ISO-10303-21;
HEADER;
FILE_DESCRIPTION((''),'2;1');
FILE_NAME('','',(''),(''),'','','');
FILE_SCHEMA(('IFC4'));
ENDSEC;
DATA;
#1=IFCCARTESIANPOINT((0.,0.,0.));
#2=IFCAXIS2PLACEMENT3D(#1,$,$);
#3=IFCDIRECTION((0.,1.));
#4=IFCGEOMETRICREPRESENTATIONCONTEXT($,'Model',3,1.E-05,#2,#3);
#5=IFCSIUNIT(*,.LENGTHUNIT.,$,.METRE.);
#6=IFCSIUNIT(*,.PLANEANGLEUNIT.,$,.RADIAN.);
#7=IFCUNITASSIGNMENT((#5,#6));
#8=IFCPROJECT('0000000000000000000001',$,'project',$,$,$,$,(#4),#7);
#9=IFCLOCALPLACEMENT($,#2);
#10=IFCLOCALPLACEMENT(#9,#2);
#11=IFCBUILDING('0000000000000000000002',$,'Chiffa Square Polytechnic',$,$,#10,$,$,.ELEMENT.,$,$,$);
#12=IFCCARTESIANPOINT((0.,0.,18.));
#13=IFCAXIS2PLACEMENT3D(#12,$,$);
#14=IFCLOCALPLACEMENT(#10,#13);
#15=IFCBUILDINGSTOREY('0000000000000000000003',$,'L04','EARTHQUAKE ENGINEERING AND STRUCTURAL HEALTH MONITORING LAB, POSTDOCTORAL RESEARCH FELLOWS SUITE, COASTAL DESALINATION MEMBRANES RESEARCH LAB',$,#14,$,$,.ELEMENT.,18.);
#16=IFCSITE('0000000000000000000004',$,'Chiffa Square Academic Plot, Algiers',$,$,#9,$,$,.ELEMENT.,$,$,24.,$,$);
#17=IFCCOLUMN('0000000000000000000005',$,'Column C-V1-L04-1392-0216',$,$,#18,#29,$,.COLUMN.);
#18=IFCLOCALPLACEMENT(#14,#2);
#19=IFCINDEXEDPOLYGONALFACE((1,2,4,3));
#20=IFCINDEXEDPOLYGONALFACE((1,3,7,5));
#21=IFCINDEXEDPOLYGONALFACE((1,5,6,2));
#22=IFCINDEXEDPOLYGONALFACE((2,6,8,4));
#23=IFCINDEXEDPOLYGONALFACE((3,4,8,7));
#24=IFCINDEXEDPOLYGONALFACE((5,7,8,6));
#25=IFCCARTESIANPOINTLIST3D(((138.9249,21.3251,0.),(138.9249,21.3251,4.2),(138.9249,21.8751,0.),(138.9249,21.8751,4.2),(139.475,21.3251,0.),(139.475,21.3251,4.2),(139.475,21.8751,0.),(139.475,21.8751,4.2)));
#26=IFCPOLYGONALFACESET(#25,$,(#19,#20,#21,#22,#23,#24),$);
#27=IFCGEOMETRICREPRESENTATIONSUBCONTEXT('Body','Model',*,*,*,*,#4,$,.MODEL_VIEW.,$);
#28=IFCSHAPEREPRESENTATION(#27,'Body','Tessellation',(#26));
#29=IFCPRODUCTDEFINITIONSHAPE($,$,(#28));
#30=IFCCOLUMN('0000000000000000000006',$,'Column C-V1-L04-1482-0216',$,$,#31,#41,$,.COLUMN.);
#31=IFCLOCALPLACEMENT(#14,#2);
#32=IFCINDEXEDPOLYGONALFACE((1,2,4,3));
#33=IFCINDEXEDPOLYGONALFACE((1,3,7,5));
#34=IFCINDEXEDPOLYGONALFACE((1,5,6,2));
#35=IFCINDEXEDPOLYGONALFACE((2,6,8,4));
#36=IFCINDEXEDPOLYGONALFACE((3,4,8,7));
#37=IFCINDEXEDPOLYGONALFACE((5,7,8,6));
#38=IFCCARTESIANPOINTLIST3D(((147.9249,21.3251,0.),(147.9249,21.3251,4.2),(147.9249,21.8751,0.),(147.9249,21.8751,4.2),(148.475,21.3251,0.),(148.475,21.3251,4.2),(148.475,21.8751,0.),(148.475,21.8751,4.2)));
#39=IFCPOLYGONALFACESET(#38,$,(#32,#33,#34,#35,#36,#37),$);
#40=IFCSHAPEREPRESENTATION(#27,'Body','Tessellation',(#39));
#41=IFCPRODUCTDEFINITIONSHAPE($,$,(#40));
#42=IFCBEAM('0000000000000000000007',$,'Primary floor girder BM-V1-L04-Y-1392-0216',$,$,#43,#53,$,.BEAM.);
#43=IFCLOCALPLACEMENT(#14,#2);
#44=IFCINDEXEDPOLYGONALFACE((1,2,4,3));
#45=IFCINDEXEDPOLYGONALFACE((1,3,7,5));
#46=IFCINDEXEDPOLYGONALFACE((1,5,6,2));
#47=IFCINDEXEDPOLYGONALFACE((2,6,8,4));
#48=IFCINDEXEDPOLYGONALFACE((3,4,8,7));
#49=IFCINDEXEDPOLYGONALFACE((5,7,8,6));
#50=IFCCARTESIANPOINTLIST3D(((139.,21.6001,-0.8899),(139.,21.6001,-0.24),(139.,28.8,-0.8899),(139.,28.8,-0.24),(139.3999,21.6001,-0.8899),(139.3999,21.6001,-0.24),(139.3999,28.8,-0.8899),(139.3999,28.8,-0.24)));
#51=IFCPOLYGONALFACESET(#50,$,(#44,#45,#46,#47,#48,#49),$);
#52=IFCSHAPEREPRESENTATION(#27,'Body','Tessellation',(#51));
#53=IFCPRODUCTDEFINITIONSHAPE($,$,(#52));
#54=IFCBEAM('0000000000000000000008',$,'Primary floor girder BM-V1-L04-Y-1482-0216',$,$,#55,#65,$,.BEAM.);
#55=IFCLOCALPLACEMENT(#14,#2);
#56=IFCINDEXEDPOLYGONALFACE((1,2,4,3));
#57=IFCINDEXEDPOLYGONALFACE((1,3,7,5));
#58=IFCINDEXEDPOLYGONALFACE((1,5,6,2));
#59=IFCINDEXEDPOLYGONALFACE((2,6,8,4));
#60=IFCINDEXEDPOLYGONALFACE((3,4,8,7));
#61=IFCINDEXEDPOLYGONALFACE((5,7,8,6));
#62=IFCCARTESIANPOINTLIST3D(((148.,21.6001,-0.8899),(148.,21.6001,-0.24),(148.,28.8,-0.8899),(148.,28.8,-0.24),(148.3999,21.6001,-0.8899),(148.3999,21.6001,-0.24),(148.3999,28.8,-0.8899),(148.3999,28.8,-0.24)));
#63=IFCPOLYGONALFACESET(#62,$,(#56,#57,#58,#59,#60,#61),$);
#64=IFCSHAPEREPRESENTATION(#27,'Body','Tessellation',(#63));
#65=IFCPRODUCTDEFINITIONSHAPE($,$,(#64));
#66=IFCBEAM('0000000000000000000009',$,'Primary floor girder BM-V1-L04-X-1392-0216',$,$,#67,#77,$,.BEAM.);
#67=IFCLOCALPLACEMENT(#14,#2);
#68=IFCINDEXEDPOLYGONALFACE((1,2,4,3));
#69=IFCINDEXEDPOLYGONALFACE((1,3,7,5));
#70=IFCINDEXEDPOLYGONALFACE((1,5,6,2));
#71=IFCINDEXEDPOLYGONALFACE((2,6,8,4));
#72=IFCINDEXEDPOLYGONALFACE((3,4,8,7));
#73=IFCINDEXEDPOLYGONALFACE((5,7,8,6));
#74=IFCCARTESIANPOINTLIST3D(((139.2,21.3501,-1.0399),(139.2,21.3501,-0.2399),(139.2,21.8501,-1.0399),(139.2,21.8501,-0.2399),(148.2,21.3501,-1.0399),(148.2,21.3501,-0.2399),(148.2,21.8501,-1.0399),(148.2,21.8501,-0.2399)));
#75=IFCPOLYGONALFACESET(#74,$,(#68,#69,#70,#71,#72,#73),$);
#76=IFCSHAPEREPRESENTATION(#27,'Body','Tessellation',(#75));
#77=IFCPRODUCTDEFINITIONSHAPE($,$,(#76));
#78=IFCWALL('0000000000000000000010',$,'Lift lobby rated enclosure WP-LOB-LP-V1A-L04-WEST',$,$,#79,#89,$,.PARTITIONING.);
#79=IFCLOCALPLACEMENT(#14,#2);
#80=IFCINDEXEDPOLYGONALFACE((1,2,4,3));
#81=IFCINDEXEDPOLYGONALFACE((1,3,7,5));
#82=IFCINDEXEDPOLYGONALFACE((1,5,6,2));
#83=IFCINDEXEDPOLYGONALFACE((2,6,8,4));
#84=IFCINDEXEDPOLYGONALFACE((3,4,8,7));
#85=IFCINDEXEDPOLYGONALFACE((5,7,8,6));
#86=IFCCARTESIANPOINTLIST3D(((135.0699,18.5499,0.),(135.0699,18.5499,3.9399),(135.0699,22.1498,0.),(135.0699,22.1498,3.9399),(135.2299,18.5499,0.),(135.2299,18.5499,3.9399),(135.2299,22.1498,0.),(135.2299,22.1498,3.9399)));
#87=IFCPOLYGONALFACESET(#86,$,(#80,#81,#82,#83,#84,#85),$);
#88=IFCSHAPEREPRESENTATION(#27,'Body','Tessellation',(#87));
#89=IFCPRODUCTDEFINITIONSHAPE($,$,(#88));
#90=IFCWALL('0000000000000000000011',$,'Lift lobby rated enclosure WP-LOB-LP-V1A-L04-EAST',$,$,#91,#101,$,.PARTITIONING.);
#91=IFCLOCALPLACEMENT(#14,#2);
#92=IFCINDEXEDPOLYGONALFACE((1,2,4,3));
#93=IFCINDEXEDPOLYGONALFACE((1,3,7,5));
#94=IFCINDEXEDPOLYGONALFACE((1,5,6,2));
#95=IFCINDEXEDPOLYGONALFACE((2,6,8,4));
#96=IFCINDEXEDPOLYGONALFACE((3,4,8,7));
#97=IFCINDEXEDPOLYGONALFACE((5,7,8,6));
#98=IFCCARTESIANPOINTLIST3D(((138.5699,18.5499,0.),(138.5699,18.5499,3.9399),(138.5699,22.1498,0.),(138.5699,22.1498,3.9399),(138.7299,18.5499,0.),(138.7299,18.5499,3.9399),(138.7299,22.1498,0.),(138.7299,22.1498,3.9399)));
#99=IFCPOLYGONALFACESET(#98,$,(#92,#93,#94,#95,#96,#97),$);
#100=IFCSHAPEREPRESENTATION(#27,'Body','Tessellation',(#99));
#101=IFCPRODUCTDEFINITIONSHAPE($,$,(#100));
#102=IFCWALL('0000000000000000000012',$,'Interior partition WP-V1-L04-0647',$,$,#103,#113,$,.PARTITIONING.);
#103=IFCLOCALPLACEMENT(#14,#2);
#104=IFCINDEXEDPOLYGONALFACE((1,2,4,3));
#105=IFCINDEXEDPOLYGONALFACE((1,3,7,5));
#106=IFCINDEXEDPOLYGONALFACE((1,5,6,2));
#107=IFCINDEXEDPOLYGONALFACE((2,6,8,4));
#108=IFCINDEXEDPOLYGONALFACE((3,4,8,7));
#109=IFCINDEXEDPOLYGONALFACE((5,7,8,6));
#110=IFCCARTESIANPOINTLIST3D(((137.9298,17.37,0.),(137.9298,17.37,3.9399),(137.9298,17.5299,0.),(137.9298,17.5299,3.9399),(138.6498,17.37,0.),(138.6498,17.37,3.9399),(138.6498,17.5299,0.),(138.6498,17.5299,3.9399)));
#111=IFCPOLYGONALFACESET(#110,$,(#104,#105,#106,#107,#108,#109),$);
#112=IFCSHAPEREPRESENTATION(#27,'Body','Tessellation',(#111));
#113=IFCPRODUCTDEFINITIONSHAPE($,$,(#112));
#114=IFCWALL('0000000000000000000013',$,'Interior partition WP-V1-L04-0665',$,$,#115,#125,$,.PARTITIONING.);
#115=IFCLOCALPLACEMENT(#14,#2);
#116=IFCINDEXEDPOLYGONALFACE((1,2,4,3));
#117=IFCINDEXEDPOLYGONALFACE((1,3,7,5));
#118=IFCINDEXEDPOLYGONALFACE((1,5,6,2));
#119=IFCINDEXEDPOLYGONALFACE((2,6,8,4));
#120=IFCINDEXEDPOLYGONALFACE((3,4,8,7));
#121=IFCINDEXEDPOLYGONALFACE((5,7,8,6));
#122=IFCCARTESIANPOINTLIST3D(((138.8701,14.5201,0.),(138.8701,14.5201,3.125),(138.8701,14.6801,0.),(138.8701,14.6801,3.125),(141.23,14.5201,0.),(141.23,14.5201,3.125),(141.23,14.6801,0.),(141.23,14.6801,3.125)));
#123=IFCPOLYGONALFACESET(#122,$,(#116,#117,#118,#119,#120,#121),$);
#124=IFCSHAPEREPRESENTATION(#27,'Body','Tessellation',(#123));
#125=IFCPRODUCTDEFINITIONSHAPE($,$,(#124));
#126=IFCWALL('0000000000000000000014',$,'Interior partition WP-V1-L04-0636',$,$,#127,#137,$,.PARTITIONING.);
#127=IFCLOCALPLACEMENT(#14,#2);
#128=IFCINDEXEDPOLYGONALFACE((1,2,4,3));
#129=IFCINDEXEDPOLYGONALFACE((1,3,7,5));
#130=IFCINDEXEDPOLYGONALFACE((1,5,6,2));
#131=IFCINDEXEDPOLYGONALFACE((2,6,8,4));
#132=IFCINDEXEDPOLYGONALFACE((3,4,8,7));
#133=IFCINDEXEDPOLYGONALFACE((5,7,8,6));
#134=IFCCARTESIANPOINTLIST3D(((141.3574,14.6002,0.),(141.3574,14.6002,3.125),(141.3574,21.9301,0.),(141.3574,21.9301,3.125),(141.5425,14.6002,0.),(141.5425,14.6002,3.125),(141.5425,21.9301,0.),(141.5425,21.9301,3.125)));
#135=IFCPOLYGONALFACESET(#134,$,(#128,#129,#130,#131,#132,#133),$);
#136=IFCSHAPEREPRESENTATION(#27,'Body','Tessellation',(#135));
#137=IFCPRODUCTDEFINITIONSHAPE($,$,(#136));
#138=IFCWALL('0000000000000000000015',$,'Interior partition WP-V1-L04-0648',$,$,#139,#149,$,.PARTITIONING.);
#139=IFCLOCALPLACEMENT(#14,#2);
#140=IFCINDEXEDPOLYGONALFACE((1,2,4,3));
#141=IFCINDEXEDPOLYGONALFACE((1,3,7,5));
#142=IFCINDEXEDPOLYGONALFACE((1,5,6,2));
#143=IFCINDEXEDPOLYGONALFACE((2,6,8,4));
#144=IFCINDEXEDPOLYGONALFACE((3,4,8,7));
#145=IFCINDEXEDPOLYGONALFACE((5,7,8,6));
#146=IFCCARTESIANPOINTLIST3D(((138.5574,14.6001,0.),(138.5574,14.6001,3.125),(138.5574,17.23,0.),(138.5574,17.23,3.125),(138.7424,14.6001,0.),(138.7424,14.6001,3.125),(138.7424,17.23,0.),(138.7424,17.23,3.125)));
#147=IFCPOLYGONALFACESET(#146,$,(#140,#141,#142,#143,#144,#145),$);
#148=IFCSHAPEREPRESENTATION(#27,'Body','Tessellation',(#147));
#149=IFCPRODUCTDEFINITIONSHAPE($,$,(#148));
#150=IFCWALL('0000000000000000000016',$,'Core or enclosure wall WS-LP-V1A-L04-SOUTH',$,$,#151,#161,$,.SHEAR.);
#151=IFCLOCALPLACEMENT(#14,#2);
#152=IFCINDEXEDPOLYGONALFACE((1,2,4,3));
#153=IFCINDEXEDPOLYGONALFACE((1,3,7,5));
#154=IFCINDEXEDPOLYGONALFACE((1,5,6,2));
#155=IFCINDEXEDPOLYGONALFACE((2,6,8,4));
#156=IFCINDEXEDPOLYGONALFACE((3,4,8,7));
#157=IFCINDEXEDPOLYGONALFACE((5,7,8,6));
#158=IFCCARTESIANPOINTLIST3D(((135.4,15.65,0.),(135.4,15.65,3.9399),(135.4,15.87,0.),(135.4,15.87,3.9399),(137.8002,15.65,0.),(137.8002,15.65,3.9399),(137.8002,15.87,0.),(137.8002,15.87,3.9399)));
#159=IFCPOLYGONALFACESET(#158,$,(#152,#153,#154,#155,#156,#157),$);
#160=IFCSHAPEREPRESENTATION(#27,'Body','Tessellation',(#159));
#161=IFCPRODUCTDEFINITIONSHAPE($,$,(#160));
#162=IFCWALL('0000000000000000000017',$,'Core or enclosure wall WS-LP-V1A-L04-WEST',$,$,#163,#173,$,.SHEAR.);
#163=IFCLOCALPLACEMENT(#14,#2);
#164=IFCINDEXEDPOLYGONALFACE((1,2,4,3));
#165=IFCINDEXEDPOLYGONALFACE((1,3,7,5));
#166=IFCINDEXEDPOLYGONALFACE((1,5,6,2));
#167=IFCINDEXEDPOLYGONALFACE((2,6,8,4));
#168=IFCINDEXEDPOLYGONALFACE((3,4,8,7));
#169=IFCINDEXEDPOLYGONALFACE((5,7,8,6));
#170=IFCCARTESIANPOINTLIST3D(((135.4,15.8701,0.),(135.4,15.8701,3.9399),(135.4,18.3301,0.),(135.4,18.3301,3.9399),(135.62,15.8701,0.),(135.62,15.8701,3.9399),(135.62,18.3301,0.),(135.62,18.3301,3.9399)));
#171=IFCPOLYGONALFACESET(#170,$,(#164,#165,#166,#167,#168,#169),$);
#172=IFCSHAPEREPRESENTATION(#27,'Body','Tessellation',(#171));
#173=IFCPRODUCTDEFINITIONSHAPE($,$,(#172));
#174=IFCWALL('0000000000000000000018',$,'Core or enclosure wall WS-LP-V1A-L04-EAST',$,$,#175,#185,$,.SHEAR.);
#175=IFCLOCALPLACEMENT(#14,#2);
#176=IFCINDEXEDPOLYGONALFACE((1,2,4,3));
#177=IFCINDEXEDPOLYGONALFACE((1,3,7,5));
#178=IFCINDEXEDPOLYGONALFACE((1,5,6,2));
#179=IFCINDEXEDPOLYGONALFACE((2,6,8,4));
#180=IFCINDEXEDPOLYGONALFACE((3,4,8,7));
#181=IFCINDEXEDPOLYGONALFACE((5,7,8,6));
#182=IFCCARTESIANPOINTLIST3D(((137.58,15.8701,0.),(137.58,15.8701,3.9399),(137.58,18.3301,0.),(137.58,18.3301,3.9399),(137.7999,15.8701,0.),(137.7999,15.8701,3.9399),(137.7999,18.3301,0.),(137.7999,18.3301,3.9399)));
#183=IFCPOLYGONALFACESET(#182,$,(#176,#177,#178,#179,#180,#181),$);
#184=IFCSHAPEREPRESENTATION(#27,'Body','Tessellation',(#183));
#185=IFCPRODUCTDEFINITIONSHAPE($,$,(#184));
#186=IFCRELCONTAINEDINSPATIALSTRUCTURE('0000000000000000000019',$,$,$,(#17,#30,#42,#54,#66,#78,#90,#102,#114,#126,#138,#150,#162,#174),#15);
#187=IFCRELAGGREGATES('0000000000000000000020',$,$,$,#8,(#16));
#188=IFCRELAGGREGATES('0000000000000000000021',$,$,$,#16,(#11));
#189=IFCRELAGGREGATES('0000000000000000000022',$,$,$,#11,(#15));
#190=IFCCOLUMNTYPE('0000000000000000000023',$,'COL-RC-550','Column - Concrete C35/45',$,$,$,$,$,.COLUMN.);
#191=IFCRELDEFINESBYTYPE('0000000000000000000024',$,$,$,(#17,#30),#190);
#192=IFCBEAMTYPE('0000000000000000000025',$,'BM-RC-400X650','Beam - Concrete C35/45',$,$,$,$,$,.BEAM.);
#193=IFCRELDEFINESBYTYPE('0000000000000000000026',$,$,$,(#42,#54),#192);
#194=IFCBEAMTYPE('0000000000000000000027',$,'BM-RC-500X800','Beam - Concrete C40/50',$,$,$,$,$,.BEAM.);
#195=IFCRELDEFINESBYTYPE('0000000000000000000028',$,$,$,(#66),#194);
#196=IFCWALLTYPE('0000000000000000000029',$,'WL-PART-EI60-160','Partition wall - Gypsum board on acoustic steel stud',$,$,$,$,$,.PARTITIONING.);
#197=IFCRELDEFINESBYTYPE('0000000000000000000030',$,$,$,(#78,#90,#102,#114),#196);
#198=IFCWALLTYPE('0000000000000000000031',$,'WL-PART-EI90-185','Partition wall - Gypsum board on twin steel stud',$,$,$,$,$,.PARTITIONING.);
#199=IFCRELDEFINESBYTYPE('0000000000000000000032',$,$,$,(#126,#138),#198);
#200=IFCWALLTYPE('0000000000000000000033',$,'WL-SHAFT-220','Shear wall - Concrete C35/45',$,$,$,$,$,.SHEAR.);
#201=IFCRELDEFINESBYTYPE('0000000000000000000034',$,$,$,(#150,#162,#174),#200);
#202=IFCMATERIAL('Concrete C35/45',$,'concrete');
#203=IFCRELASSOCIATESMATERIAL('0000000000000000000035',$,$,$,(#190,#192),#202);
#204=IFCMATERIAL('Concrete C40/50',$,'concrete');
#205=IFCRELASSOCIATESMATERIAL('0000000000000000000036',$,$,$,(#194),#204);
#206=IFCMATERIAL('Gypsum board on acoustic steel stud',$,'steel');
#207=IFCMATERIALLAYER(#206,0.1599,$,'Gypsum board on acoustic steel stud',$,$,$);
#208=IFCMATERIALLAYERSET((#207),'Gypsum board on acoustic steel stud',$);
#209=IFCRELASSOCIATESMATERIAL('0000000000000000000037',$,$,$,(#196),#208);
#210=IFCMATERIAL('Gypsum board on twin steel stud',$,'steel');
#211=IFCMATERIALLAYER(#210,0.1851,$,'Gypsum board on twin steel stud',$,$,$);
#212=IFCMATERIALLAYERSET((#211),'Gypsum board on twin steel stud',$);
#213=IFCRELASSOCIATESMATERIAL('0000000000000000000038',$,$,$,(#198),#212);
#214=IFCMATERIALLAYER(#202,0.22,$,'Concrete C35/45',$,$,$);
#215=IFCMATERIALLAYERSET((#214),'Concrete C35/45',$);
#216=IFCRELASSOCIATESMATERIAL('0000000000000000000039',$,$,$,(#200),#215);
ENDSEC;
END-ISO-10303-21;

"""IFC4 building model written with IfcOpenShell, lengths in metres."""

from ifc_helpers import new_model, si_unit, direction, frame, frame_2d, origin, origin_2d, place, context, subcontext, project, spatial, rectangle, extrude, material, layer, layer_set, material_profile, profile_set, type_object, element, save


model = new_model("IFC4")

# Units and contexts
model_context = context("Model", 3, precision=1e-05, world=origin(), true_north=direction((0.0, 1.0)))
body_context = subcontext(model_context, "Body", "Model", "MODEL_VIEW")
ifc_project = project(units=[si_unit("LENGTHUNIT", "METRE"), si_unit("PLANEANGLEUNIT", "RADIAN")], contexts=[model_context])

# Site, building, storey
site_placement = place(None, origin())
site = spatial("IfcSite", under=ifc_project, at=site_placement, Name="Chiffa Square Academic Plot, Algiers", CompositionType="ELEMENT", RefElevation=24.0)
building_placement = place(site_placement, origin())
building = spatial("IfcBuilding", under=site, at=building_placement, Name="Chiffa Square Polytechnic", CompositionType="ELEMENT")
storey_placement = place(building_placement, frame((0.0, 0.0, 18.0)))
storey = spatial("IfcBuildingStorey", under=building, at=storey_placement, Name="L04", Description="EARTHQUAKE ENGINEERING AND STRUCTURAL HEALTH MONITORING LAB, POSTDOCTORAL RESEARCH FELLOWS SUITE, COASTAL DESALINATION MEMBRANES RESEARCH LAB", CompositionType="ELEMENT", Elevation=18.0)

# Columns
ifc_material_1 = material(Name="Concrete C35/45", Category="concrete")
ifc_material_profile_1 = material_profile(ifc_material_1, rectangle(XDim=0.55, YDim=0.55, at=origin_2d()), Name="RC 550x550")
ifc_profile_set_1 = profile_set([ifc_material_profile_1], Name="Concrete C35/45")
column_type = type_object("IfcColumnType", Name="COL-RC-550", Description="Column - Concrete C35/45", PredefinedType="COLUMN", material=ifc_profile_set_1)
for number, where, z_axis, x_axis, name in (
    (1, (139.2, 21.6001, 0.0), (0.0, 0.0, 1.0), (1.0, 0.0, 0.0), "Column C-V1-L04-1392-0216"),
    (2, (148.2, 21.6001, 0.0), (0.0, 0.0, 1.0), (1.0, 0.0, 0.0), "Column C-V1-L04-1482-0216"),
):
    element("IfcColumn", number, at=place(storey_placement, frame(where, z_axis=z_axis, x_axis=x_axis)), inside=storey, type_object=column_type, Name=name, PredefinedType="COLUMN", context=body_context, shape_type="SweptSolid", body=[
        extrude(rectangle(XDim=0.55, YDim=0.55, at=origin_2d()), origin(), (0.0, 0.0, 1.0), 4.2),
    ])

# Beams
ifc_material_profile_2 = material_profile(ifc_material_1, rectangle(XDim=0.3999, YDim=0.6499, at=origin_2d()), Name="RC 400x650")
ifc_profile_set_2 = profile_set([ifc_material_profile_2], Name="Concrete C35/45")
beam_type_1 = type_object("IfcBeamType", Name="BM-RC-400X650", Description="Beam - Concrete C35/45", PredefinedType="BEAM", material=ifc_profile_set_2)
for number, where, z_axis, x_axis, name in (
    (3, (139.2, 21.6001, -0.5649), (0.0, 1.0, 0.0), (-1.0, 0.0, 0.0), "Primary floor girder BM-V1-L04-Y-1392-0216"),
    (4, (148.2, 21.6001, -0.5649), (0.0, 1.0, 0.0), (-1.0, 0.0, 0.0), "Primary floor girder BM-V1-L04-Y-1482-0216"),
):
    element("IfcBeam", number, at=place(storey_placement, frame(where, z_axis=z_axis, x_axis=x_axis)), inside=storey, type_object=beam_type_1, Name=name, PredefinedType="BEAM", context=body_context, shape_type="SweptSolid", body=[
        extrude(rectangle(XDim=0.3999, YDim=0.6499, at=origin_2d()), origin(), (0.0, 0.0, 1.0), 7.2),
    ])
ifc_material_2 = material(Name="Concrete C40/50", Category="concrete")
ifc_material_profile_3 = material_profile(ifc_material_2, rectangle(XDim=0.5, YDim=0.8, at=origin_2d()), Name="RC 500x800")
ifc_profile_set_3 = profile_set([ifc_material_profile_3], Name="Concrete C40/50")
beam_type_2 = type_object("IfcBeamType", Name="BM-RC-500X800", Description="Beam - Concrete C40/50", PredefinedType="BEAM", material=ifc_profile_set_3)
beam_placement = place(storey_placement, frame((139.2, 21.6001, -0.6399), z_axis=(1.0, 0.0, 0.0), x_axis=(0.0, 1.0, 0.0)))
element("IfcBeam", 5, at=beam_placement, inside=storey, type_object=beam_type_2, Name="Primary floor girder BM-V1-L04-X-1392-0216", PredefinedType="BEAM", context=body_context, shape_type="SweptSolid", body=[
    extrude(rectangle(XDim=0.5, YDim=0.8, at=origin_2d()), origin(), (0.0, 0.0, 1.0), 9.0),
])

# Shared definitions
ifc_material_3 = material(Name="Gypsum board on acoustic steel stud", Category="steel")
ifc_layer_1 = layer(ifc_material_3, 0.1599, Name="Gypsum board on acoustic steel stud")
ifc_layer_set_1 = layer_set([ifc_layer_1], Name="Gypsum board on acoustic steel stud")
wall_type_1 = type_object("IfcWallType", Name="WL-PART-EI60-160", Description="Partition wall - Gypsum board on acoustic steel stud", PredefinedType="PARTITIONING", material=ifc_layer_set_1)

# Walls
for number, where, z_axis, x_axis, name in (
    (6, (135.1499, 18.55, 0.0), (0.0, 0.0, 1.0), (0.0, 1.0, 0.0), "Lift lobby rated enclosure WP-LOB-LP-V1A-L04-WEST"),
    (7, (138.6499, 18.55, 0.0), (0.0, 0.0, 1.0), (0.0, 1.0, 0.0), "Lift lobby rated enclosure WP-LOB-LP-V1A-L04-EAST"),
):
    element("IfcWall", number, at=place(storey_placement, frame(where, z_axis=z_axis, x_axis=x_axis)), inside=storey, type_object=wall_type_1, Name=name, PredefinedType="PARTITIONING", context=body_context, shape_type="SweptSolid", body=[
        extrude(rectangle(XDim=3.5999, YDim=0.1599, at=frame_2d((1.7998, 0.0))), origin(), (0.0, 0.0, 1.0), 3.9399),
    ])
wall_1_placement = place(storey_placement, frame((137.9299, 17.45, 0.0), z_axis=(0.0, 0.0, 1.0), x_axis=(1.0, 0.0, 0.0)))
element("IfcWall", 8, at=wall_1_placement, inside=storey, type_object=wall_type_1, Name="Interior partition WP-V1-L04-0647", PredefinedType="PARTITIONING", context=body_context, shape_type="SweptSolid", body=[
    extrude(rectangle(XDim=0.72, YDim=0.1599, at=frame_2d((0.3599, 0.0))), origin(), (0.0, 0.0, 1.0), 3.9399),
])
wall_2_placement = place(storey_placement, frame((138.8701, 14.6001, 0.0), z_axis=(0.0, 0.0, 1.0), x_axis=(1.0, 0.0, 0.0)))
element("IfcWall", 9, at=wall_2_placement, inside=storey, type_object=wall_type_1, Name="Interior partition WP-V1-L04-0665", PredefinedType="PARTITIONING", context=body_context, shape_type="SweptSolid", body=[
    extrude(rectangle(XDim=2.3599, YDim=0.1599, at=frame_2d((1.1799, 0.0))), origin(), (0.0, 0.0, 1.0), 3.125),
])
ifc_material_4 = material(Name="Gypsum board on twin steel stud", Category="steel")
ifc_layer_2 = layer(ifc_material_4, 0.1851, Name="Gypsum board on twin steel stud")
ifc_layer_set_2 = layer_set([ifc_layer_2], Name="Gypsum board on twin steel stud")
wall_type_2 = type_object("IfcWallType", Name="WL-PART-EI90-185", Description="Partition wall - Gypsum board on twin steel stud", PredefinedType="PARTITIONING", material=ifc_layer_set_2)
wall_3_placement = place(storey_placement, frame((141.45, 14.6001, 0.0), z_axis=(0.0, 0.0, 1.0), x_axis=(0.0, 1.0, 0.0)))
element("IfcWall", 10, at=wall_3_placement, inside=storey, type_object=wall_type_2, Name="Interior partition WP-V1-L04-0636", PredefinedType="PARTITIONING", context=body_context, shape_type="SweptSolid", body=[
    extrude(rectangle(XDim=7.3298, YDim=0.1851, at=frame_2d((3.665, 0.0))), origin(), (0.0, 0.0, 1.0), 3.125),
])
wall_4_placement = place(storey_placement, frame((138.6499, 14.6001, 0.0), z_axis=(0.0, 0.0, 1.0), x_axis=(0.0, 1.0, 0.0)))
element("IfcWall", 11, at=wall_4_placement, inside=storey, type_object=wall_type_2, Name="Interior partition WP-V1-L04-0648", PredefinedType="PARTITIONING", context=body_context, shape_type="SweptSolid", body=[
    extrude(rectangle(XDim=2.6299, YDim=0.1851, at=frame_2d((1.3149, 0.0))), origin(), (0.0, 0.0, 1.0), 3.125),
])
ifc_layer_3 = layer(ifc_material_1, 0.22, Name="Concrete C35/45")
ifc_layer_set_3 = layer_set([ifc_layer_3], Name="Concrete C35/45")
wall_type_3 = type_object("IfcWallType", Name="WL-SHAFT-220", Description="Shear wall - Concrete C35/45", PredefinedType="SHEAR", material=ifc_layer_set_3)
wall_5_placement = place(storey_placement, frame((135.3999, 15.76, 0.0), z_axis=(0.0, 0.0, 1.0), x_axis=(1.0, 0.0, 0.0)))
element("IfcWall", 12, at=wall_5_placement, inside=storey, type_object=wall_type_3, Name="Core or enclosure wall WS-LP-V1A-L04-SOUTH", PredefinedType="SHEAR", context=body_context, shape_type="SweptSolid", body=[
    extrude(rectangle(XDim=2.4001, YDim=0.22, at=frame_2d((1.2002, 0.0))), origin(), (0.0, 0.0, 1.0), 3.9399),
])

# Walls
for number, where, z_axis, x_axis, name in (
    (13, (135.51, 15.8701, 0.0), (0.0, 0.0, 1.0), (0.0, 1.0, 0.0), "Core or enclosure wall WS-LP-V1A-L04-WEST"),
    (14, (137.6899, 15.8701, 0.0), (0.0, 0.0, 1.0), (0.0, 1.0, 0.0), "Core or enclosure wall WS-LP-V1A-L04-EAST"),
):
    element("IfcWall", number, at=place(storey_placement, frame(where, z_axis=z_axis, x_axis=x_axis)), inside=storey, type_object=wall_type_3, Name=name, PredefinedType="SHEAR", context=body_context, shape_type="SweptSolid", body=[
        extrude(rectangle(XDim=2.46, YDim=0.22, at=frame_2d((1.23, 0.0))), origin(), (0.0, 0.0, 1.0), 3.9399),
    ])

save(model, "model.ifc")
